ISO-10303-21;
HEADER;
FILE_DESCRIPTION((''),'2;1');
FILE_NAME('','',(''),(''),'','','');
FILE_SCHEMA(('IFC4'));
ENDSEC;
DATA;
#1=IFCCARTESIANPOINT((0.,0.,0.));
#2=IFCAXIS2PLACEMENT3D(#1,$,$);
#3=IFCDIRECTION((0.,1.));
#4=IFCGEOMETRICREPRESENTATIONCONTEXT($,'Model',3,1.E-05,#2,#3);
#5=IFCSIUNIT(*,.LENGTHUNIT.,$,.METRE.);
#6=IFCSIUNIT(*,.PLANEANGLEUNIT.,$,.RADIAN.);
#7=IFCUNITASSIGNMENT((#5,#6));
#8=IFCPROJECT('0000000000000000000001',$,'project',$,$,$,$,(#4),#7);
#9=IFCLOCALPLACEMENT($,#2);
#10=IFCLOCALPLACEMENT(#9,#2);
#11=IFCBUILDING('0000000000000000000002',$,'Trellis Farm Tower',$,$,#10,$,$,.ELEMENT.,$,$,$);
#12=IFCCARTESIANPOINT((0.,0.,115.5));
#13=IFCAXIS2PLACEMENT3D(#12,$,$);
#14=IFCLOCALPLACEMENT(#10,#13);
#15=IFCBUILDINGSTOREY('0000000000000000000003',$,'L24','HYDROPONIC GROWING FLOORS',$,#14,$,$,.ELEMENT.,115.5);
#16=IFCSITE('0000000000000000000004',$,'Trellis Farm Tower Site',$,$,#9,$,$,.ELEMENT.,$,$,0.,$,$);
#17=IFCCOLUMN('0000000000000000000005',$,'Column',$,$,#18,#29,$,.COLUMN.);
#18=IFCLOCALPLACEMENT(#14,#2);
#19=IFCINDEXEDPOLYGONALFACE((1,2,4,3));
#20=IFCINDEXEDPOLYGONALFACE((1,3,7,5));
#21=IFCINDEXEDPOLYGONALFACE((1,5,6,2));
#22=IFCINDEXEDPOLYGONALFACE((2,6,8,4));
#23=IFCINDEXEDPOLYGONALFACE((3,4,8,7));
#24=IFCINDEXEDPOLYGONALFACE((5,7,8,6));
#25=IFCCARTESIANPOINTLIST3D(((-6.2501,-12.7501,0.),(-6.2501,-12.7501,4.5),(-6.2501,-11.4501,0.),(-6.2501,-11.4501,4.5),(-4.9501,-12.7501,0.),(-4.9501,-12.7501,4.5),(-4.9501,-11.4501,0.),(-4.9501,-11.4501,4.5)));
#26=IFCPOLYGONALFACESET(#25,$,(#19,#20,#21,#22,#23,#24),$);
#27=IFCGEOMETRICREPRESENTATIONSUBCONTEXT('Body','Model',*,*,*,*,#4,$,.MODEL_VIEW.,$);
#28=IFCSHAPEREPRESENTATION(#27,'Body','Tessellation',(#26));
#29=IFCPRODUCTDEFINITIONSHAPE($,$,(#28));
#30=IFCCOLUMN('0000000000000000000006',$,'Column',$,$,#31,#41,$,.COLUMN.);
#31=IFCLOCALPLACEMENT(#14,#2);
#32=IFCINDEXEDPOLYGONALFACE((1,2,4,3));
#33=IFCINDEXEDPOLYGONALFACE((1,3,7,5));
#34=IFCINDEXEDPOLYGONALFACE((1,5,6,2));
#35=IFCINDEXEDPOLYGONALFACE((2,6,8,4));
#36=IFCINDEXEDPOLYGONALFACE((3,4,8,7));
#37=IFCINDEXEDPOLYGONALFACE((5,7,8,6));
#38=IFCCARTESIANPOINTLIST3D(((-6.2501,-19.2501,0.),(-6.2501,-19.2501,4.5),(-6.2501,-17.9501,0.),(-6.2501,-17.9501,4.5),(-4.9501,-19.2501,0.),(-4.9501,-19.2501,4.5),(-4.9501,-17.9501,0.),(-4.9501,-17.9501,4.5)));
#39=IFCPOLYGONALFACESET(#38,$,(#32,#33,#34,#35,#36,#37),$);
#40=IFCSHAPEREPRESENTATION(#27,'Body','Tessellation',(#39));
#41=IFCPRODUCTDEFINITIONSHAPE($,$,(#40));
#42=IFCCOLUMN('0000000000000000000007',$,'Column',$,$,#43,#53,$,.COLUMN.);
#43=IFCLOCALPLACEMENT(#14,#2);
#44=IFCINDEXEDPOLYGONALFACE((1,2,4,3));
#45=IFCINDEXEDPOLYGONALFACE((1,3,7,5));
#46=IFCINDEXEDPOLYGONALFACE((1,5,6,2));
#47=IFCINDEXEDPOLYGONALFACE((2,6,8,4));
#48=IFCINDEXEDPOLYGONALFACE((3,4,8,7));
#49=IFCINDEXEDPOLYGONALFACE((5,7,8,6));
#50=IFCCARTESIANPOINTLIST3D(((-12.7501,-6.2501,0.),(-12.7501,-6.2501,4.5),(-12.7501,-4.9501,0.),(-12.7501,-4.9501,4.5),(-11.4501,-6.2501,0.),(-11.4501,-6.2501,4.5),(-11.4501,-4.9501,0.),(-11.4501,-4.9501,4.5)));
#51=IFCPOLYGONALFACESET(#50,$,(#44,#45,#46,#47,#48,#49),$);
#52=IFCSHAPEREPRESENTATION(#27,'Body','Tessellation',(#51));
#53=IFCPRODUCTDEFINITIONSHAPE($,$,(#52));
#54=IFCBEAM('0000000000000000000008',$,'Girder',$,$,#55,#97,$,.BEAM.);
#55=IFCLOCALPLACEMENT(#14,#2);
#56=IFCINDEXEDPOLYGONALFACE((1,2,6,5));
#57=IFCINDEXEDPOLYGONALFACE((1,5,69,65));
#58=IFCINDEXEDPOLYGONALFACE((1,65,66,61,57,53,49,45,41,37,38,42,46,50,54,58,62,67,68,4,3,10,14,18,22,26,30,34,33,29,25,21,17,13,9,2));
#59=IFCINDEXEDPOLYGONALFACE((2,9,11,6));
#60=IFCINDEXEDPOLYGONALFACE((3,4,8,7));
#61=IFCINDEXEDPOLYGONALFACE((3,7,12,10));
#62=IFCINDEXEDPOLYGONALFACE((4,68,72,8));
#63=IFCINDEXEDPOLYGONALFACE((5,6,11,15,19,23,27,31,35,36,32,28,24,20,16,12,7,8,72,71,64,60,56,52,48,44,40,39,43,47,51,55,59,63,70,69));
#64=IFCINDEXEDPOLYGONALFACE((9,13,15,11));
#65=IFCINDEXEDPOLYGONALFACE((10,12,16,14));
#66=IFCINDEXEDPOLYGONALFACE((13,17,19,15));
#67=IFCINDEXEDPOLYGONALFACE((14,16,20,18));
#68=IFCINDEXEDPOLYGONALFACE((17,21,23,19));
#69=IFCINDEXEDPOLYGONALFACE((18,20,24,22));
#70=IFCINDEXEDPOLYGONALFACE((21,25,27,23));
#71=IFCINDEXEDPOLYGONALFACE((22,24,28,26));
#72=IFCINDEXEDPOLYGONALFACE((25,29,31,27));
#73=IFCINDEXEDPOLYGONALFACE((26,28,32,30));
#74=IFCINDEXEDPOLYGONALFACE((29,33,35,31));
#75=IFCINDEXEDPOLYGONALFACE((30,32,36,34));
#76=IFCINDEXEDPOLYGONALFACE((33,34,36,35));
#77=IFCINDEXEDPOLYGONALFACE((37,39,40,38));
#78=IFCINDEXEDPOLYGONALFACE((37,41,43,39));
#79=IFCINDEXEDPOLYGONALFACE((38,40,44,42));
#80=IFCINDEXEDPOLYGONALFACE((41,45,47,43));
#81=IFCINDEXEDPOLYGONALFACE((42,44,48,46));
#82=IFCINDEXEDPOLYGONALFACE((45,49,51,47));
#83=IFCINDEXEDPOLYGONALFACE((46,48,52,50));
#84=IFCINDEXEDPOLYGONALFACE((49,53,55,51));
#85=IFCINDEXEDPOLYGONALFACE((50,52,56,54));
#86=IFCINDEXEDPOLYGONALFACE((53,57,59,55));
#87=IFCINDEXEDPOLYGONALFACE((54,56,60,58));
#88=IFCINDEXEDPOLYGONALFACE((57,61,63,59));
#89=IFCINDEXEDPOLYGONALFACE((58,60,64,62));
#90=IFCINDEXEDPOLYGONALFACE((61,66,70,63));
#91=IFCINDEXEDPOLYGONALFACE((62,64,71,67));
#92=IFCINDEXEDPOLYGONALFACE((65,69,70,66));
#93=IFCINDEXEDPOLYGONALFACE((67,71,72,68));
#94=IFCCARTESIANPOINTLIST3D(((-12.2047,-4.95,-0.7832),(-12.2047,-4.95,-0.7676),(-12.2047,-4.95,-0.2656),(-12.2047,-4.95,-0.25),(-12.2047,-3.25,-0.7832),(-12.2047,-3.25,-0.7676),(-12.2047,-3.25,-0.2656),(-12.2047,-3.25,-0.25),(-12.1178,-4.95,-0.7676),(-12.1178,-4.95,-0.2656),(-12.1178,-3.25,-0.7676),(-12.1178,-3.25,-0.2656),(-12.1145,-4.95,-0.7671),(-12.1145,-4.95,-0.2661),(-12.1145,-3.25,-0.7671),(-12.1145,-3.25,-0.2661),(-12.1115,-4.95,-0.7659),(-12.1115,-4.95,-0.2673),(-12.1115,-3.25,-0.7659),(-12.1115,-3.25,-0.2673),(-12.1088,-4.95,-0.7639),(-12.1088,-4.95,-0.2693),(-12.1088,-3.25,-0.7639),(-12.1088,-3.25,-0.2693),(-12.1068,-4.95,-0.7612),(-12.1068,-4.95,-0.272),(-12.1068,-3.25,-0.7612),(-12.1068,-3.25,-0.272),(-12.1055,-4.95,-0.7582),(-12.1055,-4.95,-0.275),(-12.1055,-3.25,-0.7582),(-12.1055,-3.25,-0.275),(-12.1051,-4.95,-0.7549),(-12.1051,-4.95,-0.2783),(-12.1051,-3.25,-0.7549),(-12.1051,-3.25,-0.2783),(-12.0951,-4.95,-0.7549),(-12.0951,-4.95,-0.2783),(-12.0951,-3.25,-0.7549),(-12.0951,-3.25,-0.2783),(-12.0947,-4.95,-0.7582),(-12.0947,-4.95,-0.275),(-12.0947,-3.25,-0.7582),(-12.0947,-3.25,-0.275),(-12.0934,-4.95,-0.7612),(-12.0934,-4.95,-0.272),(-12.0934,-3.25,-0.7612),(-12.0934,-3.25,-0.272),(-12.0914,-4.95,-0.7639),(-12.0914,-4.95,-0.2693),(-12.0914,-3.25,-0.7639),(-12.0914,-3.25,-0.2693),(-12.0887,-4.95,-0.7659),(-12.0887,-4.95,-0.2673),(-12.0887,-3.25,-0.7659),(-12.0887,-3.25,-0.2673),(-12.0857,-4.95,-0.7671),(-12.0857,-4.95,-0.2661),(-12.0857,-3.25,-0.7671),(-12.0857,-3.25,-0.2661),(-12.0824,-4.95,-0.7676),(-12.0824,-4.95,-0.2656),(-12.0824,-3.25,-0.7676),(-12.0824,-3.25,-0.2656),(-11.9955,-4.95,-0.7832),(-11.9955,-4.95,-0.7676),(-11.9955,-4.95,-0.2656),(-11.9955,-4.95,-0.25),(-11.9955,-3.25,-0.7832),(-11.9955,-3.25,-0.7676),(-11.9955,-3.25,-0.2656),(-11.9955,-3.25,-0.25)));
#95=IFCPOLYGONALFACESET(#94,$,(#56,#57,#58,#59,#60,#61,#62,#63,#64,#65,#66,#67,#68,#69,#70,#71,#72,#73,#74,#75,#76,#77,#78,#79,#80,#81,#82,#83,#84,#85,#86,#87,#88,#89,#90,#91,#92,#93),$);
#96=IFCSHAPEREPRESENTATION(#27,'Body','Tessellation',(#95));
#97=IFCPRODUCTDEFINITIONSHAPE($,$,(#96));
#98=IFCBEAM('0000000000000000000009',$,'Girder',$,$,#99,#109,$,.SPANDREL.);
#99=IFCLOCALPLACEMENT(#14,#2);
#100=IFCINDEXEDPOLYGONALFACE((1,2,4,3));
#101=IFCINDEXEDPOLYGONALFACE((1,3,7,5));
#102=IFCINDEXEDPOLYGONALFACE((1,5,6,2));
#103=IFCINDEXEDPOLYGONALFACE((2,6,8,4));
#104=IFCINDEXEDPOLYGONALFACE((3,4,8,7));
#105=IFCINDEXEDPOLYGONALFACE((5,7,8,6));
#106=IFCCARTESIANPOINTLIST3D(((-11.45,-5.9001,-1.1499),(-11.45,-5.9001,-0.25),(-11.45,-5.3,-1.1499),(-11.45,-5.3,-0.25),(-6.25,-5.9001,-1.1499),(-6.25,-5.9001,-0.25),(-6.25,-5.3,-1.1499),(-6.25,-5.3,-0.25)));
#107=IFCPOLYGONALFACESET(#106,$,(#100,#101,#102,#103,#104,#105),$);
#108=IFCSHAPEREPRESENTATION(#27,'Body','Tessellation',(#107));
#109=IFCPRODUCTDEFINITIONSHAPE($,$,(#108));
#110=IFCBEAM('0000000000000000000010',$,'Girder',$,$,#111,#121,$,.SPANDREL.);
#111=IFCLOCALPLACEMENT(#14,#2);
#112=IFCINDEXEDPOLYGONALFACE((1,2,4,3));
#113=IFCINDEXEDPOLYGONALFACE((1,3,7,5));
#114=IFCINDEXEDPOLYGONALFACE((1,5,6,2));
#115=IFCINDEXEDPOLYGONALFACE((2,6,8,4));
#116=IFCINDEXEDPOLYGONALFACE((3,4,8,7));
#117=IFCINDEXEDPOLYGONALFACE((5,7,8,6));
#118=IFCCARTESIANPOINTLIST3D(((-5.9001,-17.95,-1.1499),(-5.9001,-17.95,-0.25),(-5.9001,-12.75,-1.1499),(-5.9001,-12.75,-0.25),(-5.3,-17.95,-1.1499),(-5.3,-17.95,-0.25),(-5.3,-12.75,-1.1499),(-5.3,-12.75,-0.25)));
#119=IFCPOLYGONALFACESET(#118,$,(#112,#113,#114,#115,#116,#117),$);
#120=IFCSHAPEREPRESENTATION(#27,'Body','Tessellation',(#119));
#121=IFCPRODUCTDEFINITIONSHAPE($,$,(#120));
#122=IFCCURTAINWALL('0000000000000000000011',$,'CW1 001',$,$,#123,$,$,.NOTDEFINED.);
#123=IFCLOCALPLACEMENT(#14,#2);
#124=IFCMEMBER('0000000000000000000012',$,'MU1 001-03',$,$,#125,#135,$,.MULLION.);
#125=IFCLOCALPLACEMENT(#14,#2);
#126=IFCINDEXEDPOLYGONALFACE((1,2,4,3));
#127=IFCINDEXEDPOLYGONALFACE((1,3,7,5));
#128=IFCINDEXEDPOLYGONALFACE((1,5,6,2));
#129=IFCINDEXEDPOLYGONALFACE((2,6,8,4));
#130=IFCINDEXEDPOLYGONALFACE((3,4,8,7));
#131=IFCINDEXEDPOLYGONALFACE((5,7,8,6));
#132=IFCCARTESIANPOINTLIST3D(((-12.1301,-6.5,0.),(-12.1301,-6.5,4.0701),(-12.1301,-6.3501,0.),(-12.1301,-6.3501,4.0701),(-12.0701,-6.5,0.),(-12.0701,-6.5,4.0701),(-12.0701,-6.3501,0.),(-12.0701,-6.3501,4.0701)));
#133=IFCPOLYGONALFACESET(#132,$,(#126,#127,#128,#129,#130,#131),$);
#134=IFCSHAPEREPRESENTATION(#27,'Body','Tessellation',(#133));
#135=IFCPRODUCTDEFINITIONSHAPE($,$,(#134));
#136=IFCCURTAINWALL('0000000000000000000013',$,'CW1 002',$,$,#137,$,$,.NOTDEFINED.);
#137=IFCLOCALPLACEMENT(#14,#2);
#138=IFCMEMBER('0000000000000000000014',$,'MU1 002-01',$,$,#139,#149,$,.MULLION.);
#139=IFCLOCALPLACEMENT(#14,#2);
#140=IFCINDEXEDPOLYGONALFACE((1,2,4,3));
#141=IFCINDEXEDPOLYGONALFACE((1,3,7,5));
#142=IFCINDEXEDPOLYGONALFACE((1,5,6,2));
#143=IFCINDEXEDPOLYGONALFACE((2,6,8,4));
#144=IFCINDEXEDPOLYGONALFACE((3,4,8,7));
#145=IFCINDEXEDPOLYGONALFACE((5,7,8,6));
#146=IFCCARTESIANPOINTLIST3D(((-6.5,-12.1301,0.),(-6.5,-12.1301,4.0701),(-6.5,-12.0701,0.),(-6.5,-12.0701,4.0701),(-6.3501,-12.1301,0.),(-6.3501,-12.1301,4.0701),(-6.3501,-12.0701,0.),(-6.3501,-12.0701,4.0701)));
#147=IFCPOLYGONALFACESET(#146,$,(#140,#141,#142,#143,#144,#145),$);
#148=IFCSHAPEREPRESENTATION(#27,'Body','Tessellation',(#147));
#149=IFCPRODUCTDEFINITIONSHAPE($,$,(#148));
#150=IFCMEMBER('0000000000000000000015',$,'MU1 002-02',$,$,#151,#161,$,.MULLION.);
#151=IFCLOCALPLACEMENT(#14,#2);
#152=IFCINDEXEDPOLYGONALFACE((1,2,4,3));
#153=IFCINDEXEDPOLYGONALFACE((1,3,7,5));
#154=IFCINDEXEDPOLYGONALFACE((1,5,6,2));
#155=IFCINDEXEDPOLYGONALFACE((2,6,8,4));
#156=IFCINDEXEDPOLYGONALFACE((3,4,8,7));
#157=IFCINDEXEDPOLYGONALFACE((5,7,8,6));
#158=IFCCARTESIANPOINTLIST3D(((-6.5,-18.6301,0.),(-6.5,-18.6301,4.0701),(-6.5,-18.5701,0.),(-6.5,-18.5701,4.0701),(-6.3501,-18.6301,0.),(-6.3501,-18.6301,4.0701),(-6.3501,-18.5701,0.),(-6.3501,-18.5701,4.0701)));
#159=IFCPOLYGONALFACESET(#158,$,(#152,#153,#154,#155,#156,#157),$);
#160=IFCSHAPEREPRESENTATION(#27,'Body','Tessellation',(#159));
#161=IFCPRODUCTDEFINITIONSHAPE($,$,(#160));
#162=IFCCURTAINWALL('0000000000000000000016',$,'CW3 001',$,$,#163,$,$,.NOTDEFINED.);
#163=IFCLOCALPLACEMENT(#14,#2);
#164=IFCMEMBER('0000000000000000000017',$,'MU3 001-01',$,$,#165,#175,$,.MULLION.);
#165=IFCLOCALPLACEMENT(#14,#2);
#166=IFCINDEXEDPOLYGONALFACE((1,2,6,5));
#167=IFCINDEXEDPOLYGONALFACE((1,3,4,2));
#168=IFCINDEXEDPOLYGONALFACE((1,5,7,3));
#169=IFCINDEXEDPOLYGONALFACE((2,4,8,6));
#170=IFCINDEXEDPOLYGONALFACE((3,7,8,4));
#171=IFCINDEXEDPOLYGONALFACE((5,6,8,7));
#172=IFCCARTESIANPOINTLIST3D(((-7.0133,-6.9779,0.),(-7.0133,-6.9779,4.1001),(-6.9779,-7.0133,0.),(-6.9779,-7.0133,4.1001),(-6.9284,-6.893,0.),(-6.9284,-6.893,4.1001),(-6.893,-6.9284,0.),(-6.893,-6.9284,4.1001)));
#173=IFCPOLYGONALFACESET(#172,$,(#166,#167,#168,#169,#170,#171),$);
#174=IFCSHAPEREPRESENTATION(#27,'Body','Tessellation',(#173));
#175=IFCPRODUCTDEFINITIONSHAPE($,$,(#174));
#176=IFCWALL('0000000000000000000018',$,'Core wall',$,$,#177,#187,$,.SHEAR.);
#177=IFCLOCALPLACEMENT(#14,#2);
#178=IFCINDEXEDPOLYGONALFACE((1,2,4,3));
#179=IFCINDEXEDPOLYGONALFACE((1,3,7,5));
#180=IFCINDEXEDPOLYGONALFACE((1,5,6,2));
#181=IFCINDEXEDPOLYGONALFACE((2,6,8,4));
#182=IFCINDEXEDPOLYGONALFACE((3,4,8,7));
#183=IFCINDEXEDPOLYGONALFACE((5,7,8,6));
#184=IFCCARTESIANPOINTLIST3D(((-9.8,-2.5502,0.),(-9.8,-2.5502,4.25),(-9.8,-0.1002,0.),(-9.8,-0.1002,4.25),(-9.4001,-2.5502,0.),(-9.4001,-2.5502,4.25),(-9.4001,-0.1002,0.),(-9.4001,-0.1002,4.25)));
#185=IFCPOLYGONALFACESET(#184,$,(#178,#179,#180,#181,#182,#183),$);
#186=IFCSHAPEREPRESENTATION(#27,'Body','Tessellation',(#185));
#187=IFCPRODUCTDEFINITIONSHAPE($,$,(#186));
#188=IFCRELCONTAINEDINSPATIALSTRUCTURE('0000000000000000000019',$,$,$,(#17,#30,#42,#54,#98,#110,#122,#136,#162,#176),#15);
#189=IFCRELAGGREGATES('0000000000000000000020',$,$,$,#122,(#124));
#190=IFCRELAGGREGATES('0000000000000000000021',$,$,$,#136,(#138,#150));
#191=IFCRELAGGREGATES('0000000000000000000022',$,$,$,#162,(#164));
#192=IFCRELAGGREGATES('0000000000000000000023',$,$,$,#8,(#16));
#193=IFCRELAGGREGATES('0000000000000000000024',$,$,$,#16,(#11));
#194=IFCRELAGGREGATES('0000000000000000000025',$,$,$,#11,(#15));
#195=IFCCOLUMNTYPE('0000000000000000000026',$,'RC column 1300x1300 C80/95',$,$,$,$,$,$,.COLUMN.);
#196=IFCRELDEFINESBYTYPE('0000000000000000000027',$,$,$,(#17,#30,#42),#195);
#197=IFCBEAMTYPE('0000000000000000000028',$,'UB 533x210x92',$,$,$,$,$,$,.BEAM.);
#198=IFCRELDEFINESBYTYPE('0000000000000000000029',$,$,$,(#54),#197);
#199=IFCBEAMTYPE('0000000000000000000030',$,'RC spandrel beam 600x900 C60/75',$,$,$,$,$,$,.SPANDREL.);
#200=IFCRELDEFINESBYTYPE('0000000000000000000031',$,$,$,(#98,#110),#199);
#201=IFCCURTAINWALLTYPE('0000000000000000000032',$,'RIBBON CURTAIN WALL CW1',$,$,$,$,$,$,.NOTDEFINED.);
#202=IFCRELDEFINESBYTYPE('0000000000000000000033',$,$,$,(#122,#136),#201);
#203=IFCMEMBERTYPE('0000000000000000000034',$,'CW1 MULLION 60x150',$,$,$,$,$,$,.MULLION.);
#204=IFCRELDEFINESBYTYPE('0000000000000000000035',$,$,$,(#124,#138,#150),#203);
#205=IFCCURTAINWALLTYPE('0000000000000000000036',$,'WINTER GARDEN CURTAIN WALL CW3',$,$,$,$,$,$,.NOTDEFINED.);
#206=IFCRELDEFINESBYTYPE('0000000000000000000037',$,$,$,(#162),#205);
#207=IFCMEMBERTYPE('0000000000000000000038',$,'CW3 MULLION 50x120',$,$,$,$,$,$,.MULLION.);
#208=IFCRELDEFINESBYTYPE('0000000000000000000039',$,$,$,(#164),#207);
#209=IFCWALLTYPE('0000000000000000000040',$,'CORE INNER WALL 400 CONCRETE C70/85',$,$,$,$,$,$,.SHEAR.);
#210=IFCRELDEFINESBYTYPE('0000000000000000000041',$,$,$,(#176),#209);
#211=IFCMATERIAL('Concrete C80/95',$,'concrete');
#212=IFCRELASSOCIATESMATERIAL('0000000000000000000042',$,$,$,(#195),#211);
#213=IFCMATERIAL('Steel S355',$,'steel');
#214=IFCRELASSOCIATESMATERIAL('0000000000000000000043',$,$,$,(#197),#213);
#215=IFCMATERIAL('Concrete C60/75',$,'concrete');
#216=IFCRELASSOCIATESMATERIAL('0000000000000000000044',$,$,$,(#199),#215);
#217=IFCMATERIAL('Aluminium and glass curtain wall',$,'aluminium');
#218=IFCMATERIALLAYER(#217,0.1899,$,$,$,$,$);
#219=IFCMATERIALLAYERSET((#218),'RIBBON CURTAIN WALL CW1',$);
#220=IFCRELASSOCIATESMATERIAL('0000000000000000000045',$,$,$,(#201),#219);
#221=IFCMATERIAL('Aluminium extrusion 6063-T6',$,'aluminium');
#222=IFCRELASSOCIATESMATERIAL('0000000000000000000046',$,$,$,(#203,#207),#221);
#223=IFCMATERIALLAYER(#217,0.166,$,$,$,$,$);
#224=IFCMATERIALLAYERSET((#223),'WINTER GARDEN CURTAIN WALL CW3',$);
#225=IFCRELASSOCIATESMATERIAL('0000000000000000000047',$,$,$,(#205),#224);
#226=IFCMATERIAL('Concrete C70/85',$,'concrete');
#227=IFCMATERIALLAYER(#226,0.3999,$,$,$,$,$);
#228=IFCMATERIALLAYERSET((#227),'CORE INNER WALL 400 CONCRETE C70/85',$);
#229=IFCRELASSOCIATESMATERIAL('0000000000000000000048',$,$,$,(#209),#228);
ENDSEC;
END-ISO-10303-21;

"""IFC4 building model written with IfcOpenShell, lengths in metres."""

from ifc_helpers import new_model, si_unit, direction, frame, frame_2d, origin, origin_2d, place, context, subcontext, project, spatial, rectangle, i_section, extrude, source, transform, mapped, material, layer, layer_set, material_profile, profile_set, type_object, element, aggregate, save


model = new_model("IFC4")

# Units and contexts
model_context = context("Model", 3, precision=1e-05, world=origin(), true_north=direction((0.0, 1.0)))
body_context = subcontext(model_context, "Body", "Model", "MODEL_VIEW")
ifc_project = project(units=[si_unit("LENGTHUNIT", "METRE"), si_unit("PLANEANGLEUNIT", "RADIAN")], contexts=[model_context])

# Site, building, storey
site_placement = place(None, origin())
site = spatial("IfcSite", under=ifc_project, at=site_placement, Name="Trellis Farm Tower Site", CompositionType="ELEMENT", RefElevation=0.0)
building_placement = place(site_placement, origin())
building = spatial("IfcBuilding", under=site, at=building_placement, Name="Trellis Farm Tower", CompositionType="ELEMENT")
storey_placement = place(building_placement, frame((0.0, 0.0, 115.5)))
storey = spatial("IfcBuildingStorey", under=building, at=storey_placement, Name="L24", Description="HYDROPONIC GROWING FLOORS", CompositionType="ELEMENT", Elevation=115.5)

# Columns
ifc_material_1 = material(Name="Concrete C80/95", Category="concrete")
ifc_material_profile_1 = material_profile(ifc_material_1, rectangle(XDim=1.3, YDim=1.3, at=origin_2d()), Name="RC column 1300x1300 C80/95")
ifc_profile_set_1 = profile_set([ifc_material_profile_1], Name="Concrete C80/95")
column_type = type_object("IfcColumnType", Name="RC column 1300x1300 C80/95", PredefinedType="COLUMN", material=ifc_profile_set_1)
shared_shape_1 = source(origin(), body_context, "Body", "SweptSolid", [
    extrude(rectangle(XDim=1.3, YDim=1.3, at=origin_2d()), origin(), (0.0, 0.0, 1.0), 4.5),
])
for number, where, z_axis, x_axis, name in (
    (1, (-5.6001, -12.1001, 0.0), (0.0, 0.0, 1.0), (1.0, 0.0, 0.0), "Column"),
    (2, (-5.6001, -18.6001, 0.0), (0.0, 0.0, 1.0), (1.0, 0.0, 0.0), "Column"),
    (3, (-12.1001, -5.6001, 0.0), (0.0, 0.0, 1.0), (1.0, 0.0, 0.0), "Column"),
):
    element("IfcColumn", number, at=place(storey_placement, frame(where, z_axis=z_axis, x_axis=x_axis)), inside=storey, type_object=column_type, Name=name, PredefinedType="COLUMN", context=body_context, shape_type="MappedRepresentation", body=[
        mapped(shared_shape_1, transform((0.0, 0.0, 0.0))),
    ])

# Beams
ifc_material_2 = material(Name="Steel S355", Category="steel")
ifc_material_profile_2 = material_profile(ifc_material_2, i_section(OverallWidth=0.2092, OverallDepth=0.5332, WebThickness=0.01, FlangeThickness=0.0156, FilletRadius=0.0127, at=origin_2d()), Name="UB 533x210x92")
ifc_profile_set_2 = profile_set([ifc_material_profile_2], Name="Steel S355")
beam_type_1 = type_object("IfcBeamType", Name="UB 533x210x92", PredefinedType="BEAM", material=ifc_profile_set_2)
shared_shape_2 = source(origin(), body_context, "Body", "SweptSolid", [
    extrude(i_section(OverallWidth=0.2092, OverallDepth=0.5332, WebThickness=0.01, FlangeThickness=0.0156, FilletRadius=0.0127, at=origin_2d()), origin(), (0.0, 0.0, 1.0), 1.7),
])
beam_placement = place(storey_placement, frame((-12.1001, -4.95, -0.5166), z_axis=(0.0, 1.0, 0.0), x_axis=(-1.0, 0.0, 0.0)))
element("IfcBeam", 4, at=beam_placement, inside=storey, type_object=beam_type_1, Name="Girder", PredefinedType="BEAM", context=body_context, shape_type="MappedRepresentation", body=[
    mapped(shared_shape_2, transform((0.0, 0.0, 0.0))),
])
ifc_material_3 = material(Name="Concrete C60/75", Category="concrete")
ifc_material_profile_3 = material_profile(ifc_material_3, rectangle(XDim=0.6001, YDim=0.8999, at=origin_2d()), Name="RC spandrel beam 600x900 C60/75")
ifc_profile_set_3 = profile_set([ifc_material_profile_3], Name="Concrete C60/75")
beam_type_2 = type_object("IfcBeamType", Name="RC spandrel beam 600x900 C60/75", PredefinedType="SPANDREL", material=ifc_profile_set_3)
shared_shape_3 = source(origin(), body_context, "Body", "SweptSolid", [
    extrude(rectangle(XDim=0.6001, YDim=0.8999, at=origin_2d()), origin(), (0.0, 0.0, 1.0), 5.2),
])
for number, where, z_axis, x_axis, name in (
    (5, (-11.45, -5.6001, -0.7), (1.0, 0.0, 0.0), (0.0, 1.0, 0.0), "Girder"),
    (6, (-5.6001, -17.95, -0.7), (0.0, 1.0, 0.0), (-1.0, 0.0, 0.0), "Girder"),
):
    element("IfcBeam", number, at=place(storey_placement, frame(where, z_axis=z_axis, x_axis=x_axis)), inside=storey, type_object=beam_type_2, Name=name, PredefinedType="SPANDREL", context=body_context, shape_type="MappedRepresentation", body=[
        mapped(shared_shape_3, transform((0.0, 0.0, 0.0))),
    ])

# Curtain wall, member
ifc_material_4 = material(Name="Aluminium and glass curtain wall", Category="aluminium")
ifc_layer_1 = layer(ifc_material_4, 0.1899)
ifc_layer_set_1 = layer_set([ifc_layer_1], Name="RIBBON CURTAIN WALL CW1")
curtain_wall_type_1 = type_object("IfcCurtainWallType", Name="RIBBON CURTAIN WALL CW1", PredefinedType="NOTDEFINED", material=ifc_layer_set_1)
placement = place(storey_placement, origin())
curtain_wall_1 = element("IfcCurtainWall", 7, at=placement, inside=storey, type_object=curtain_wall_type_1, Name="CW1 001", PredefinedType="NOTDEFINED")
ifc_material_5 = material(Name="Aluminium extrusion 6063-T6", Category="aluminium")
ifc_material_profile_4 = material_profile(ifc_material_5, rectangle(XDim=0.0601, YDim=0.1499, at=origin_2d()), Name="MULLION 60x150")
ifc_profile_set_4 = profile_set([ifc_material_profile_4], Name="Aluminium extrusion 6063-T6")
member_type_1 = type_object("IfcMemberType", Name="CW1 MULLION 60x150", PredefinedType="MULLION", material=ifc_profile_set_4)
shared_shape_4 = source(origin(), body_context, "Body", "SweptSolid", [
    extrude(rectangle(XDim=0.0601, YDim=0.1499, at=origin_2d()), origin(), (0.0, 0.0, 1.0), 4.0701),
])
member_1_placement = place(storey_placement, frame((-12.1001, -6.425, 0.0), z_axis=(0.0, 0.0, 1.0), x_axis=(1.0, 0.0, 0.0)))
member_1 = element("IfcMember", 8, at=member_1_placement, type_object=member_type_1, Name="MU1 001-03", PredefinedType="MULLION", context=body_context, shape_type="MappedRepresentation", body=[
    mapped(shared_shape_4, transform((0.0, 0.0, 0.0))),
])
aggregate(curtain_wall_1, [member_1])

# Curtain wall, members
curtain_wall_2 = element("IfcCurtainWall", 9, at=placement, inside=storey, type_object=curtain_wall_type_1, Name="CW1 002", PredefinedType="NOTDEFINED")
member_2_placement = place(storey_placement, frame((-6.425, -12.1001, 0.0), z_axis=(0.0, 0.0, 1.0), x_axis=(0.0, -1.0, 0.0)))
member_2 = element("IfcMember", 10, at=member_2_placement, type_object=member_type_1, Name="MU1 002-01", PredefinedType="MULLION", context=body_context, shape_type="MappedRepresentation", body=[
    mapped(shared_shape_4, transform((0.0, 0.0, 0.0))),
])
member_3_placement = place(storey_placement, frame((-6.425, -18.6001, 0.0), z_axis=(0.0, 0.0, 1.0), x_axis=(0.0, -1.0, 0.0)))
member_3 = element("IfcMember", 11, at=member_3_placement, type_object=member_type_1, Name="MU1 002-02", PredefinedType="MULLION", context=body_context, shape_type="MappedRepresentation", body=[
    mapped(shared_shape_4, transform((0.0, 0.0, 0.0))),
])
aggregate(curtain_wall_2, [member_2, member_3])

# Curtain wall, member
ifc_layer_2 = layer(ifc_material_4, 0.166)
ifc_layer_set_2 = layer_set([ifc_layer_2], Name="WINTER GARDEN CURTAIN WALL CW3")
curtain_wall_type_2 = type_object("IfcCurtainWallType", Name="WINTER GARDEN CURTAIN WALL CW3", PredefinedType="NOTDEFINED", material=ifc_layer_set_2)
curtain_wall_3 = element("IfcCurtainWall", 12, at=placement, inside=storey, type_object=curtain_wall_type_2, Name="CW3 001", PredefinedType="NOTDEFINED")
ifc_material_profile_5 = material_profile(ifc_material_5, rectangle(XDim=0.05, YDim=0.1201, at=origin_2d()), Name="MULLION 50x120")
ifc_profile_set_5 = profile_set([ifc_material_profile_5], Name="Aluminium extrusion 6063-T6")
member_type_2 = type_object("IfcMemberType", Name="CW3 MULLION 50x120", PredefinedType="MULLION", material=ifc_profile_set_5)
shared_shape_5 = source(origin(), body_context, "Body", "SweptSolid", [
    extrude(rectangle(XDim=0.05, YDim=0.1201, at=origin_2d()), origin(), (0.0, 0.0, 1.0), 4.1001),
])
member_4_placement = place(storey_placement, frame((-6.9531, -6.9531, 0.0), z_axis=(0.0, 0.0, 1.0), x_axis=(0.707107, -0.707107, 0.0)))
member_4 = element("IfcMember", 13, at=member_4_placement, type_object=member_type_2, Name="MU3 001-01", PredefinedType="MULLION", context=body_context, shape_type="MappedRepresentation", body=[
    mapped(shared_shape_5, transform((0.0, 0.0, 0.0))),
])
aggregate(curtain_wall_3, [member_4])

# Wall
ifc_material_6 = material(Name="Concrete C70/85", Category="concrete")
ifc_layer_3 = layer(ifc_material_6, 0.3999)
ifc_layer_set_3 = layer_set([ifc_layer_3], Name="CORE INNER WALL 400 CONCRETE C70/85")
wall_type_1 = type_object("IfcWallType", Name="CORE INNER WALL 400 CONCRETE C70/85", PredefinedType="SHEAR", material=ifc_layer_set_3)
shared_shape_6 = source(origin(), body_context, "Body", "SweptSolid", [
    extrude(rectangle(XDim=2.45, YDim=0.3999, at=frame_2d((1.2251, 0.0))), origin(), (0.0, 0.0, 1.0), 4.25),
])
for number, where, z_axis, x_axis, name in (
    (14, (-9.6001, -0.1001, 0.0), (0.0, 0.0, 1.0), (0.0, -1.0, 0.0), "Core wall"),
):
    element("IfcWall", number, at=place(storey_placement, frame(where, z_axis=z_axis, x_axis=x_axis)), inside=storey, type_object=wall_type_1, Name=name, PredefinedType="SHEAR", context=body_context, shape_type="MappedRepresentation", body=[
        mapped(shared_shape_6, transform((0.0, 0.0, 0.0))),
    ])

save(model, "model.ifc")
